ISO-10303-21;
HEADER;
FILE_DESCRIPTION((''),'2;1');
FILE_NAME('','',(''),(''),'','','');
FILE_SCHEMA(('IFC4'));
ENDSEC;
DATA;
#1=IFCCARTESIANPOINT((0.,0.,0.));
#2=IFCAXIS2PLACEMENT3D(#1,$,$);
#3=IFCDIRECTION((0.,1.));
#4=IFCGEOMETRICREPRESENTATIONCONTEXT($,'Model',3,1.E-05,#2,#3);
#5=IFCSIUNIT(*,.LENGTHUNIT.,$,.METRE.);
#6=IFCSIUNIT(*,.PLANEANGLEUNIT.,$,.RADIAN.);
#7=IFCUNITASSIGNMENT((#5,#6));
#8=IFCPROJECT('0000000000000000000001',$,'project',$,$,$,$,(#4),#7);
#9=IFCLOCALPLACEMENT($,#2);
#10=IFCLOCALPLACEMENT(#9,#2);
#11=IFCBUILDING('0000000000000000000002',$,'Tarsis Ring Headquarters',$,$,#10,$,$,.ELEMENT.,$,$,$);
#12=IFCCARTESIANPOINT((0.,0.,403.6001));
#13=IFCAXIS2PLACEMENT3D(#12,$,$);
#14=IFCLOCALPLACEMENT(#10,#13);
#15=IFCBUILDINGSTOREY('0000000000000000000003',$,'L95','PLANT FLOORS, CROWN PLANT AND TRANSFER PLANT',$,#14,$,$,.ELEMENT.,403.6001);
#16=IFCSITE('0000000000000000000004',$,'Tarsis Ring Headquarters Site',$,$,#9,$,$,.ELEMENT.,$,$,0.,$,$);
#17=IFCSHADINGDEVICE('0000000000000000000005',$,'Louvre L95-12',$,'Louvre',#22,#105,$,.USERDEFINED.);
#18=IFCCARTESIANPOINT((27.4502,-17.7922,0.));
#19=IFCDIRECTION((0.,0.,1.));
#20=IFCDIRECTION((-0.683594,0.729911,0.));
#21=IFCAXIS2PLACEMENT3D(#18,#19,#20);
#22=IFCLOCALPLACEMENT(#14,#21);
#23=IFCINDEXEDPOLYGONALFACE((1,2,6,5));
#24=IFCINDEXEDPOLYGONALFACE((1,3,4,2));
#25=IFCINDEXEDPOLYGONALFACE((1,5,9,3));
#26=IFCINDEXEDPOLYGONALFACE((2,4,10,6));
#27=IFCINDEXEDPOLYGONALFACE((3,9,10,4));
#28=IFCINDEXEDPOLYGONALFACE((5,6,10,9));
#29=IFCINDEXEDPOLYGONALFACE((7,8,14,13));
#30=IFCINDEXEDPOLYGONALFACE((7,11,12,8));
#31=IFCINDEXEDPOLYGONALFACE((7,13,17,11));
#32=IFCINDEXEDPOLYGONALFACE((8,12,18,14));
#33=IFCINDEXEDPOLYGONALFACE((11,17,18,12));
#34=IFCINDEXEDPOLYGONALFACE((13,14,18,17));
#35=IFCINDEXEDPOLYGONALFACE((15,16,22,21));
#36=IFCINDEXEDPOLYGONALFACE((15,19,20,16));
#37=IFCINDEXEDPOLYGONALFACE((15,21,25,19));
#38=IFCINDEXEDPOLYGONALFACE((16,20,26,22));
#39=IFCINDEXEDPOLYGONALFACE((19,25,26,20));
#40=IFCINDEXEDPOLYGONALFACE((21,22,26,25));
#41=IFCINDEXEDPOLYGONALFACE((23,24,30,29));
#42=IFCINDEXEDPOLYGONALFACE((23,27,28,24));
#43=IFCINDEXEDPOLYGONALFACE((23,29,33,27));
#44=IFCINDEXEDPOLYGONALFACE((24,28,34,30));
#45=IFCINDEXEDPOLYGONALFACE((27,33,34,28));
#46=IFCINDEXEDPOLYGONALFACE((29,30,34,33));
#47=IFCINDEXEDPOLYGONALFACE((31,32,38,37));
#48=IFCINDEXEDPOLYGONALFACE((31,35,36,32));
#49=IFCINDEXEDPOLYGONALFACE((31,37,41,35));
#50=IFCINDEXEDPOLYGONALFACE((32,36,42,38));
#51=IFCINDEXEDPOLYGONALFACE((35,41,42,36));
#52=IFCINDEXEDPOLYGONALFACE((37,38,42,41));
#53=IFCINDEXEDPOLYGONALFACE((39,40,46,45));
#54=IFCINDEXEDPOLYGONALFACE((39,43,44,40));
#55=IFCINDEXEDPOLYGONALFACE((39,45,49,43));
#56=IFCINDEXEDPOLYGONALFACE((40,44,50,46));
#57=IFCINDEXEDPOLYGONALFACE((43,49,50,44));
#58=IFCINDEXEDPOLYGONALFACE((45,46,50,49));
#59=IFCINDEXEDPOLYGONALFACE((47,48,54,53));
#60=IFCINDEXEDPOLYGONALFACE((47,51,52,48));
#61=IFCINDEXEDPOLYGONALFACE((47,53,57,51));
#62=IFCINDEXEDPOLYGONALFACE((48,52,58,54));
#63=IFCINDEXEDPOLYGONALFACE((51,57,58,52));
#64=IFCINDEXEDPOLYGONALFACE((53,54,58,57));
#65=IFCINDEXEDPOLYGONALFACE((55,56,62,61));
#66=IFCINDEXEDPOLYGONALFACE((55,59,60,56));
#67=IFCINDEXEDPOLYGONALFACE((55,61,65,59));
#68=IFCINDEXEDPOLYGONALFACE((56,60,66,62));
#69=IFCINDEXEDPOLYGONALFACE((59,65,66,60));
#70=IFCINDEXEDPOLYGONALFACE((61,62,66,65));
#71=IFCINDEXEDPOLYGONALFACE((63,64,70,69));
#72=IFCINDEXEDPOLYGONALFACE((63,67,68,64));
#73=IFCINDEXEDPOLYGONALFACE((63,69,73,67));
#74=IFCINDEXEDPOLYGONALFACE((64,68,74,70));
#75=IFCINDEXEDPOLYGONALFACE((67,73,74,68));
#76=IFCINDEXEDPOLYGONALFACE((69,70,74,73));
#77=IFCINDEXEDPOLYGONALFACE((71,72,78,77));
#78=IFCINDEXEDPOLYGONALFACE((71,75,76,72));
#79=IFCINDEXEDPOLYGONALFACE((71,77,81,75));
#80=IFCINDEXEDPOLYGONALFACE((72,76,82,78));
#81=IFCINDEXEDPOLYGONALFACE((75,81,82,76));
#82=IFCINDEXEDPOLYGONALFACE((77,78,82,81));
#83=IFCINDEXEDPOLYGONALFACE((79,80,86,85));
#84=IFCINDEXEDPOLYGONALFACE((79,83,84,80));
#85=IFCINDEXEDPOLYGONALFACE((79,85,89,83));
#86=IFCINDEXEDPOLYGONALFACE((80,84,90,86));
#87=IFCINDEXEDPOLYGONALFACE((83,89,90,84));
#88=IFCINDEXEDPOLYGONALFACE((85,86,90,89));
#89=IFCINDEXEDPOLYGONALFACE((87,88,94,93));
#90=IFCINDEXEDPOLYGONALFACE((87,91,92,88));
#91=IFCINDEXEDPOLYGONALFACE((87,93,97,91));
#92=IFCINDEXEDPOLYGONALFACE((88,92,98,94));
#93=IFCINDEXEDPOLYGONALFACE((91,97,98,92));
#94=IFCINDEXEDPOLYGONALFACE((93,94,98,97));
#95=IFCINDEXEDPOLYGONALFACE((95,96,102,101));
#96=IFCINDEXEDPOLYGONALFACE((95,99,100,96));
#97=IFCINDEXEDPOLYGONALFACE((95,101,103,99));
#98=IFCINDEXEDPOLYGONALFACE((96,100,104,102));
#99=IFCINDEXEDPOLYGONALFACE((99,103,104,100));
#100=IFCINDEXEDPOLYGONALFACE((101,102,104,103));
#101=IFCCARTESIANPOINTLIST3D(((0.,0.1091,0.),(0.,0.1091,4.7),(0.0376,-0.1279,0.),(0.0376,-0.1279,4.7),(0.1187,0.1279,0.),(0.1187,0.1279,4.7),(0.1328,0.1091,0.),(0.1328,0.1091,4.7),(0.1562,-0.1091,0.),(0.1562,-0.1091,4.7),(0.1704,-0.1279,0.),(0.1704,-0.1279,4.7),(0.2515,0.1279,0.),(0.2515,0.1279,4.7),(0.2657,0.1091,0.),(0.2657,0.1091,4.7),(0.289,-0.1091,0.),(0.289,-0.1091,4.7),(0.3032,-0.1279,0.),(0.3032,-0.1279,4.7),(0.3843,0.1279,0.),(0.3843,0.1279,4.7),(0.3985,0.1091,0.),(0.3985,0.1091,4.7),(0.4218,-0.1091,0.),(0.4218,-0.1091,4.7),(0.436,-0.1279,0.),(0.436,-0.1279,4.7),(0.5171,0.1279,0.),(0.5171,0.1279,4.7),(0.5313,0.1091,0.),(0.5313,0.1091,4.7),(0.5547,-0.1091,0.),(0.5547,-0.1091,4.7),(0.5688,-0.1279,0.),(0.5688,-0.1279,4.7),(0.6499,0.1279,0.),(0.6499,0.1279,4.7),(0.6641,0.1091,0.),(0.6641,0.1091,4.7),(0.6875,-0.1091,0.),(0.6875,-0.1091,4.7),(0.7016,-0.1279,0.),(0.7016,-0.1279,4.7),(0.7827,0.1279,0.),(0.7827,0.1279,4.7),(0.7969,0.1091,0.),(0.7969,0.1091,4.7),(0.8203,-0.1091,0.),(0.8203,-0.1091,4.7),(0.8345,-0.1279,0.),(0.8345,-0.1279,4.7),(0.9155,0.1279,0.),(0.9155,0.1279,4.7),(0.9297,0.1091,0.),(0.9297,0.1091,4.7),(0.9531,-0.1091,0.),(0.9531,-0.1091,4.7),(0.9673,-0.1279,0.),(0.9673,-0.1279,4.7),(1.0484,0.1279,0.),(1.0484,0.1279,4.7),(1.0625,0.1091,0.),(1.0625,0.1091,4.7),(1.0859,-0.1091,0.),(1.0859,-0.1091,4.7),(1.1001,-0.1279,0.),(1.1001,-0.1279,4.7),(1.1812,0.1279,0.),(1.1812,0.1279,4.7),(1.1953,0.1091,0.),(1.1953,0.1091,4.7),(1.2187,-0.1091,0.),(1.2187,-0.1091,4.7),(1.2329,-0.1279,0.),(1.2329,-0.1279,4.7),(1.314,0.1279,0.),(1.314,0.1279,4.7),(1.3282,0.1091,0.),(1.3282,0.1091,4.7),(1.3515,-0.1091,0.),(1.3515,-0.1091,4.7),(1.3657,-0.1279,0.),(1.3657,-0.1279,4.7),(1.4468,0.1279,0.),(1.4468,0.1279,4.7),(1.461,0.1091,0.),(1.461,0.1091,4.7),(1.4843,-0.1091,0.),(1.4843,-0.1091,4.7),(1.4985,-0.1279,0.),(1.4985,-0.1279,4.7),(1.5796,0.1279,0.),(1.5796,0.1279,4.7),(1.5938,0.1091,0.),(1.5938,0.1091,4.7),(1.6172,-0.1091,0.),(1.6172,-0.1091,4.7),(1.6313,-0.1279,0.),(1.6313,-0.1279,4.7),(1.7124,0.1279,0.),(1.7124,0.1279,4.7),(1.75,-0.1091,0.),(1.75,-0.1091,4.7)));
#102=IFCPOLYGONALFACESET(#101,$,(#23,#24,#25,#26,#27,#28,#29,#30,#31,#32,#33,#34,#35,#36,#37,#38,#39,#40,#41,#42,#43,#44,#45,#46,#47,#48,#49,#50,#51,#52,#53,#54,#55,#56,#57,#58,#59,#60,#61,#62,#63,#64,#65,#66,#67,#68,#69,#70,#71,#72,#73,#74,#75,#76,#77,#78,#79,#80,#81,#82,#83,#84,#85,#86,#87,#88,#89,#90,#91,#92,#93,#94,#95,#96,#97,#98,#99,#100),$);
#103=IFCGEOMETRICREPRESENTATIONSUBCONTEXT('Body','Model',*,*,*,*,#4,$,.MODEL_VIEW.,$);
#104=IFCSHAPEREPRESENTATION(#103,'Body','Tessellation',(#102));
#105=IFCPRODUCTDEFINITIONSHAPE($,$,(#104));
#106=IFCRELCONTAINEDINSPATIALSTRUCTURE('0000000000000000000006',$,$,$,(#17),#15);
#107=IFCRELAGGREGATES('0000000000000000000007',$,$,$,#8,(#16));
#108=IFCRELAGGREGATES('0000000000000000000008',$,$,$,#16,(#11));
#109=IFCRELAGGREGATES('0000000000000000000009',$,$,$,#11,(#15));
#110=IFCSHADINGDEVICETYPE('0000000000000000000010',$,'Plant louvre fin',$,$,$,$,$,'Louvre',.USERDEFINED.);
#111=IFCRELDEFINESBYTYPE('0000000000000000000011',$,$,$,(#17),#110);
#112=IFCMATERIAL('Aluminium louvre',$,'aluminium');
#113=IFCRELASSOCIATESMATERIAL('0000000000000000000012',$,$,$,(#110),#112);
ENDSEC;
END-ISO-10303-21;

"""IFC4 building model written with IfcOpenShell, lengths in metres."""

from ifc_helpers import new_model, si_unit, direction, frame, frame_2d, origin, place, context, subcontext, project, spatial, rectangle, composite_profile, extrude, material, type_object, element, save


model = new_model("IFC4")

# Units and contexts
model_context = context("Model", 3, precision=1e-05, world=origin(), true_north=direction((0.0, 1.0)))
body_context = subcontext(model_context, "Body", "Model", "MODEL_VIEW")
ifc_project = project(units=[si_unit("LENGTHUNIT", "METRE"), si_unit("PLANEANGLEUNIT", "RADIAN")], contexts=[model_context])

# Site, building, storey
site_placement = place(None, origin())
site = spatial("IfcSite", under=ifc_project, at=site_placement, Name="Tarsis Ring Headquarters Site", CompositionType="ELEMENT", RefElevation=0.0)
building_placement = place(site_placement, origin())
building = spatial("IfcBuilding", under=site, at=building_placement, Name="Tarsis Ring Headquarters", CompositionType="ELEMENT")
storey_placement = place(building_placement, frame((0.0, 0.0, 403.6001)))
storey = spatial("IfcBuildingStorey", under=building, at=storey_placement, Name="L95", Description="PLANT FLOORS, CROWN PLANT AND TRANSFER PLANT", CompositionType="ELEMENT", Elevation=403.6001)

# Shading device
ifc_material_1 = material(Name="Aluminium louvre", Category="aluminium")
shading_device_type_1 = type_object("IfcShadingDeviceType", Name="Plant louvre fin", ElementType="Louvre", PredefinedType="USERDEFINED", material=ifc_material_1)
shading_device_1_placement = place(storey_placement, frame((27.4502, -17.7922, 0.0), z_axis=(0.0, 0.0, 1.0), x_axis=(-0.683594, 0.729911, 0.0)))
element("IfcShadingDevice", 1, at=shading_device_1_placement, inside=storey, type_object=shading_device_type_1, Name="Louvre L95-12", ObjectType="Louvre", PredefinedType="USERDEFINED", context=body_context, shape_type="SweptSolid", body=[
    extrude(composite_profile([rectangle(XDim=0.1201, YDim=0.24, at=frame_2d((0.0781, 0.0), x_axis=(0.987688, 0.156434))), rectangle(XDim=0.1201, YDim=0.24, at=frame_2d((0.2109, 0.0), x_axis=(0.987688, 0.156434))), rectangle(XDim=0.1201, YDim=0.24, at=frame_2d((0.3438, 0.0), x_axis=(0.987688, 0.156434))), rectangle(XDim=0.1201, YDim=0.24, at=frame_2d((0.4766, 0.0), x_axis=(0.987688, 0.156434))), rectangle(XDim=0.1201, YDim=0.24, at=frame_2d((0.6094, 0.0), x_axis=(0.987688, 0.156434))), rectangle(XDim=0.1201, YDim=0.24, at=frame_2d((0.7422, 0.0), x_axis=(0.987688, 0.156434))), rectangle(XDim=0.1201, YDim=0.24, at=frame_2d((0.875, 0.0), x_axis=(0.987688, 0.156434))), rectangle(XDim=0.1201, YDim=0.24, at=frame_2d((1.0078, 0.0), x_axis=(0.987688, 0.156434))), rectangle(XDim=0.1201, YDim=0.24, at=frame_2d((1.1406, 0.0), x_axis=(0.987688, 0.156434))), rectangle(XDim=0.1201, YDim=0.24, at=frame_2d((1.2734, 0.0), x_axis=(0.987688, 0.156434))), rectangle(XDim=0.1201, YDim=0.24, at=frame_2d((1.4062, 0.0), x_axis=(0.987688, 0.156434))), rectangle(XDim=0.1201, YDim=0.24, at=frame_2d((1.5391, 0.0), x_axis=(0.987688, 0.156434))), rectangle(XDim=0.1201, YDim=0.24, at=frame_2d((1.6719, 0.0), x_axis=(0.987688, 0.156434)))]), origin(), (0.0, 0.0, 1.0), 4.7),
])

save(model, "model.ifc")
